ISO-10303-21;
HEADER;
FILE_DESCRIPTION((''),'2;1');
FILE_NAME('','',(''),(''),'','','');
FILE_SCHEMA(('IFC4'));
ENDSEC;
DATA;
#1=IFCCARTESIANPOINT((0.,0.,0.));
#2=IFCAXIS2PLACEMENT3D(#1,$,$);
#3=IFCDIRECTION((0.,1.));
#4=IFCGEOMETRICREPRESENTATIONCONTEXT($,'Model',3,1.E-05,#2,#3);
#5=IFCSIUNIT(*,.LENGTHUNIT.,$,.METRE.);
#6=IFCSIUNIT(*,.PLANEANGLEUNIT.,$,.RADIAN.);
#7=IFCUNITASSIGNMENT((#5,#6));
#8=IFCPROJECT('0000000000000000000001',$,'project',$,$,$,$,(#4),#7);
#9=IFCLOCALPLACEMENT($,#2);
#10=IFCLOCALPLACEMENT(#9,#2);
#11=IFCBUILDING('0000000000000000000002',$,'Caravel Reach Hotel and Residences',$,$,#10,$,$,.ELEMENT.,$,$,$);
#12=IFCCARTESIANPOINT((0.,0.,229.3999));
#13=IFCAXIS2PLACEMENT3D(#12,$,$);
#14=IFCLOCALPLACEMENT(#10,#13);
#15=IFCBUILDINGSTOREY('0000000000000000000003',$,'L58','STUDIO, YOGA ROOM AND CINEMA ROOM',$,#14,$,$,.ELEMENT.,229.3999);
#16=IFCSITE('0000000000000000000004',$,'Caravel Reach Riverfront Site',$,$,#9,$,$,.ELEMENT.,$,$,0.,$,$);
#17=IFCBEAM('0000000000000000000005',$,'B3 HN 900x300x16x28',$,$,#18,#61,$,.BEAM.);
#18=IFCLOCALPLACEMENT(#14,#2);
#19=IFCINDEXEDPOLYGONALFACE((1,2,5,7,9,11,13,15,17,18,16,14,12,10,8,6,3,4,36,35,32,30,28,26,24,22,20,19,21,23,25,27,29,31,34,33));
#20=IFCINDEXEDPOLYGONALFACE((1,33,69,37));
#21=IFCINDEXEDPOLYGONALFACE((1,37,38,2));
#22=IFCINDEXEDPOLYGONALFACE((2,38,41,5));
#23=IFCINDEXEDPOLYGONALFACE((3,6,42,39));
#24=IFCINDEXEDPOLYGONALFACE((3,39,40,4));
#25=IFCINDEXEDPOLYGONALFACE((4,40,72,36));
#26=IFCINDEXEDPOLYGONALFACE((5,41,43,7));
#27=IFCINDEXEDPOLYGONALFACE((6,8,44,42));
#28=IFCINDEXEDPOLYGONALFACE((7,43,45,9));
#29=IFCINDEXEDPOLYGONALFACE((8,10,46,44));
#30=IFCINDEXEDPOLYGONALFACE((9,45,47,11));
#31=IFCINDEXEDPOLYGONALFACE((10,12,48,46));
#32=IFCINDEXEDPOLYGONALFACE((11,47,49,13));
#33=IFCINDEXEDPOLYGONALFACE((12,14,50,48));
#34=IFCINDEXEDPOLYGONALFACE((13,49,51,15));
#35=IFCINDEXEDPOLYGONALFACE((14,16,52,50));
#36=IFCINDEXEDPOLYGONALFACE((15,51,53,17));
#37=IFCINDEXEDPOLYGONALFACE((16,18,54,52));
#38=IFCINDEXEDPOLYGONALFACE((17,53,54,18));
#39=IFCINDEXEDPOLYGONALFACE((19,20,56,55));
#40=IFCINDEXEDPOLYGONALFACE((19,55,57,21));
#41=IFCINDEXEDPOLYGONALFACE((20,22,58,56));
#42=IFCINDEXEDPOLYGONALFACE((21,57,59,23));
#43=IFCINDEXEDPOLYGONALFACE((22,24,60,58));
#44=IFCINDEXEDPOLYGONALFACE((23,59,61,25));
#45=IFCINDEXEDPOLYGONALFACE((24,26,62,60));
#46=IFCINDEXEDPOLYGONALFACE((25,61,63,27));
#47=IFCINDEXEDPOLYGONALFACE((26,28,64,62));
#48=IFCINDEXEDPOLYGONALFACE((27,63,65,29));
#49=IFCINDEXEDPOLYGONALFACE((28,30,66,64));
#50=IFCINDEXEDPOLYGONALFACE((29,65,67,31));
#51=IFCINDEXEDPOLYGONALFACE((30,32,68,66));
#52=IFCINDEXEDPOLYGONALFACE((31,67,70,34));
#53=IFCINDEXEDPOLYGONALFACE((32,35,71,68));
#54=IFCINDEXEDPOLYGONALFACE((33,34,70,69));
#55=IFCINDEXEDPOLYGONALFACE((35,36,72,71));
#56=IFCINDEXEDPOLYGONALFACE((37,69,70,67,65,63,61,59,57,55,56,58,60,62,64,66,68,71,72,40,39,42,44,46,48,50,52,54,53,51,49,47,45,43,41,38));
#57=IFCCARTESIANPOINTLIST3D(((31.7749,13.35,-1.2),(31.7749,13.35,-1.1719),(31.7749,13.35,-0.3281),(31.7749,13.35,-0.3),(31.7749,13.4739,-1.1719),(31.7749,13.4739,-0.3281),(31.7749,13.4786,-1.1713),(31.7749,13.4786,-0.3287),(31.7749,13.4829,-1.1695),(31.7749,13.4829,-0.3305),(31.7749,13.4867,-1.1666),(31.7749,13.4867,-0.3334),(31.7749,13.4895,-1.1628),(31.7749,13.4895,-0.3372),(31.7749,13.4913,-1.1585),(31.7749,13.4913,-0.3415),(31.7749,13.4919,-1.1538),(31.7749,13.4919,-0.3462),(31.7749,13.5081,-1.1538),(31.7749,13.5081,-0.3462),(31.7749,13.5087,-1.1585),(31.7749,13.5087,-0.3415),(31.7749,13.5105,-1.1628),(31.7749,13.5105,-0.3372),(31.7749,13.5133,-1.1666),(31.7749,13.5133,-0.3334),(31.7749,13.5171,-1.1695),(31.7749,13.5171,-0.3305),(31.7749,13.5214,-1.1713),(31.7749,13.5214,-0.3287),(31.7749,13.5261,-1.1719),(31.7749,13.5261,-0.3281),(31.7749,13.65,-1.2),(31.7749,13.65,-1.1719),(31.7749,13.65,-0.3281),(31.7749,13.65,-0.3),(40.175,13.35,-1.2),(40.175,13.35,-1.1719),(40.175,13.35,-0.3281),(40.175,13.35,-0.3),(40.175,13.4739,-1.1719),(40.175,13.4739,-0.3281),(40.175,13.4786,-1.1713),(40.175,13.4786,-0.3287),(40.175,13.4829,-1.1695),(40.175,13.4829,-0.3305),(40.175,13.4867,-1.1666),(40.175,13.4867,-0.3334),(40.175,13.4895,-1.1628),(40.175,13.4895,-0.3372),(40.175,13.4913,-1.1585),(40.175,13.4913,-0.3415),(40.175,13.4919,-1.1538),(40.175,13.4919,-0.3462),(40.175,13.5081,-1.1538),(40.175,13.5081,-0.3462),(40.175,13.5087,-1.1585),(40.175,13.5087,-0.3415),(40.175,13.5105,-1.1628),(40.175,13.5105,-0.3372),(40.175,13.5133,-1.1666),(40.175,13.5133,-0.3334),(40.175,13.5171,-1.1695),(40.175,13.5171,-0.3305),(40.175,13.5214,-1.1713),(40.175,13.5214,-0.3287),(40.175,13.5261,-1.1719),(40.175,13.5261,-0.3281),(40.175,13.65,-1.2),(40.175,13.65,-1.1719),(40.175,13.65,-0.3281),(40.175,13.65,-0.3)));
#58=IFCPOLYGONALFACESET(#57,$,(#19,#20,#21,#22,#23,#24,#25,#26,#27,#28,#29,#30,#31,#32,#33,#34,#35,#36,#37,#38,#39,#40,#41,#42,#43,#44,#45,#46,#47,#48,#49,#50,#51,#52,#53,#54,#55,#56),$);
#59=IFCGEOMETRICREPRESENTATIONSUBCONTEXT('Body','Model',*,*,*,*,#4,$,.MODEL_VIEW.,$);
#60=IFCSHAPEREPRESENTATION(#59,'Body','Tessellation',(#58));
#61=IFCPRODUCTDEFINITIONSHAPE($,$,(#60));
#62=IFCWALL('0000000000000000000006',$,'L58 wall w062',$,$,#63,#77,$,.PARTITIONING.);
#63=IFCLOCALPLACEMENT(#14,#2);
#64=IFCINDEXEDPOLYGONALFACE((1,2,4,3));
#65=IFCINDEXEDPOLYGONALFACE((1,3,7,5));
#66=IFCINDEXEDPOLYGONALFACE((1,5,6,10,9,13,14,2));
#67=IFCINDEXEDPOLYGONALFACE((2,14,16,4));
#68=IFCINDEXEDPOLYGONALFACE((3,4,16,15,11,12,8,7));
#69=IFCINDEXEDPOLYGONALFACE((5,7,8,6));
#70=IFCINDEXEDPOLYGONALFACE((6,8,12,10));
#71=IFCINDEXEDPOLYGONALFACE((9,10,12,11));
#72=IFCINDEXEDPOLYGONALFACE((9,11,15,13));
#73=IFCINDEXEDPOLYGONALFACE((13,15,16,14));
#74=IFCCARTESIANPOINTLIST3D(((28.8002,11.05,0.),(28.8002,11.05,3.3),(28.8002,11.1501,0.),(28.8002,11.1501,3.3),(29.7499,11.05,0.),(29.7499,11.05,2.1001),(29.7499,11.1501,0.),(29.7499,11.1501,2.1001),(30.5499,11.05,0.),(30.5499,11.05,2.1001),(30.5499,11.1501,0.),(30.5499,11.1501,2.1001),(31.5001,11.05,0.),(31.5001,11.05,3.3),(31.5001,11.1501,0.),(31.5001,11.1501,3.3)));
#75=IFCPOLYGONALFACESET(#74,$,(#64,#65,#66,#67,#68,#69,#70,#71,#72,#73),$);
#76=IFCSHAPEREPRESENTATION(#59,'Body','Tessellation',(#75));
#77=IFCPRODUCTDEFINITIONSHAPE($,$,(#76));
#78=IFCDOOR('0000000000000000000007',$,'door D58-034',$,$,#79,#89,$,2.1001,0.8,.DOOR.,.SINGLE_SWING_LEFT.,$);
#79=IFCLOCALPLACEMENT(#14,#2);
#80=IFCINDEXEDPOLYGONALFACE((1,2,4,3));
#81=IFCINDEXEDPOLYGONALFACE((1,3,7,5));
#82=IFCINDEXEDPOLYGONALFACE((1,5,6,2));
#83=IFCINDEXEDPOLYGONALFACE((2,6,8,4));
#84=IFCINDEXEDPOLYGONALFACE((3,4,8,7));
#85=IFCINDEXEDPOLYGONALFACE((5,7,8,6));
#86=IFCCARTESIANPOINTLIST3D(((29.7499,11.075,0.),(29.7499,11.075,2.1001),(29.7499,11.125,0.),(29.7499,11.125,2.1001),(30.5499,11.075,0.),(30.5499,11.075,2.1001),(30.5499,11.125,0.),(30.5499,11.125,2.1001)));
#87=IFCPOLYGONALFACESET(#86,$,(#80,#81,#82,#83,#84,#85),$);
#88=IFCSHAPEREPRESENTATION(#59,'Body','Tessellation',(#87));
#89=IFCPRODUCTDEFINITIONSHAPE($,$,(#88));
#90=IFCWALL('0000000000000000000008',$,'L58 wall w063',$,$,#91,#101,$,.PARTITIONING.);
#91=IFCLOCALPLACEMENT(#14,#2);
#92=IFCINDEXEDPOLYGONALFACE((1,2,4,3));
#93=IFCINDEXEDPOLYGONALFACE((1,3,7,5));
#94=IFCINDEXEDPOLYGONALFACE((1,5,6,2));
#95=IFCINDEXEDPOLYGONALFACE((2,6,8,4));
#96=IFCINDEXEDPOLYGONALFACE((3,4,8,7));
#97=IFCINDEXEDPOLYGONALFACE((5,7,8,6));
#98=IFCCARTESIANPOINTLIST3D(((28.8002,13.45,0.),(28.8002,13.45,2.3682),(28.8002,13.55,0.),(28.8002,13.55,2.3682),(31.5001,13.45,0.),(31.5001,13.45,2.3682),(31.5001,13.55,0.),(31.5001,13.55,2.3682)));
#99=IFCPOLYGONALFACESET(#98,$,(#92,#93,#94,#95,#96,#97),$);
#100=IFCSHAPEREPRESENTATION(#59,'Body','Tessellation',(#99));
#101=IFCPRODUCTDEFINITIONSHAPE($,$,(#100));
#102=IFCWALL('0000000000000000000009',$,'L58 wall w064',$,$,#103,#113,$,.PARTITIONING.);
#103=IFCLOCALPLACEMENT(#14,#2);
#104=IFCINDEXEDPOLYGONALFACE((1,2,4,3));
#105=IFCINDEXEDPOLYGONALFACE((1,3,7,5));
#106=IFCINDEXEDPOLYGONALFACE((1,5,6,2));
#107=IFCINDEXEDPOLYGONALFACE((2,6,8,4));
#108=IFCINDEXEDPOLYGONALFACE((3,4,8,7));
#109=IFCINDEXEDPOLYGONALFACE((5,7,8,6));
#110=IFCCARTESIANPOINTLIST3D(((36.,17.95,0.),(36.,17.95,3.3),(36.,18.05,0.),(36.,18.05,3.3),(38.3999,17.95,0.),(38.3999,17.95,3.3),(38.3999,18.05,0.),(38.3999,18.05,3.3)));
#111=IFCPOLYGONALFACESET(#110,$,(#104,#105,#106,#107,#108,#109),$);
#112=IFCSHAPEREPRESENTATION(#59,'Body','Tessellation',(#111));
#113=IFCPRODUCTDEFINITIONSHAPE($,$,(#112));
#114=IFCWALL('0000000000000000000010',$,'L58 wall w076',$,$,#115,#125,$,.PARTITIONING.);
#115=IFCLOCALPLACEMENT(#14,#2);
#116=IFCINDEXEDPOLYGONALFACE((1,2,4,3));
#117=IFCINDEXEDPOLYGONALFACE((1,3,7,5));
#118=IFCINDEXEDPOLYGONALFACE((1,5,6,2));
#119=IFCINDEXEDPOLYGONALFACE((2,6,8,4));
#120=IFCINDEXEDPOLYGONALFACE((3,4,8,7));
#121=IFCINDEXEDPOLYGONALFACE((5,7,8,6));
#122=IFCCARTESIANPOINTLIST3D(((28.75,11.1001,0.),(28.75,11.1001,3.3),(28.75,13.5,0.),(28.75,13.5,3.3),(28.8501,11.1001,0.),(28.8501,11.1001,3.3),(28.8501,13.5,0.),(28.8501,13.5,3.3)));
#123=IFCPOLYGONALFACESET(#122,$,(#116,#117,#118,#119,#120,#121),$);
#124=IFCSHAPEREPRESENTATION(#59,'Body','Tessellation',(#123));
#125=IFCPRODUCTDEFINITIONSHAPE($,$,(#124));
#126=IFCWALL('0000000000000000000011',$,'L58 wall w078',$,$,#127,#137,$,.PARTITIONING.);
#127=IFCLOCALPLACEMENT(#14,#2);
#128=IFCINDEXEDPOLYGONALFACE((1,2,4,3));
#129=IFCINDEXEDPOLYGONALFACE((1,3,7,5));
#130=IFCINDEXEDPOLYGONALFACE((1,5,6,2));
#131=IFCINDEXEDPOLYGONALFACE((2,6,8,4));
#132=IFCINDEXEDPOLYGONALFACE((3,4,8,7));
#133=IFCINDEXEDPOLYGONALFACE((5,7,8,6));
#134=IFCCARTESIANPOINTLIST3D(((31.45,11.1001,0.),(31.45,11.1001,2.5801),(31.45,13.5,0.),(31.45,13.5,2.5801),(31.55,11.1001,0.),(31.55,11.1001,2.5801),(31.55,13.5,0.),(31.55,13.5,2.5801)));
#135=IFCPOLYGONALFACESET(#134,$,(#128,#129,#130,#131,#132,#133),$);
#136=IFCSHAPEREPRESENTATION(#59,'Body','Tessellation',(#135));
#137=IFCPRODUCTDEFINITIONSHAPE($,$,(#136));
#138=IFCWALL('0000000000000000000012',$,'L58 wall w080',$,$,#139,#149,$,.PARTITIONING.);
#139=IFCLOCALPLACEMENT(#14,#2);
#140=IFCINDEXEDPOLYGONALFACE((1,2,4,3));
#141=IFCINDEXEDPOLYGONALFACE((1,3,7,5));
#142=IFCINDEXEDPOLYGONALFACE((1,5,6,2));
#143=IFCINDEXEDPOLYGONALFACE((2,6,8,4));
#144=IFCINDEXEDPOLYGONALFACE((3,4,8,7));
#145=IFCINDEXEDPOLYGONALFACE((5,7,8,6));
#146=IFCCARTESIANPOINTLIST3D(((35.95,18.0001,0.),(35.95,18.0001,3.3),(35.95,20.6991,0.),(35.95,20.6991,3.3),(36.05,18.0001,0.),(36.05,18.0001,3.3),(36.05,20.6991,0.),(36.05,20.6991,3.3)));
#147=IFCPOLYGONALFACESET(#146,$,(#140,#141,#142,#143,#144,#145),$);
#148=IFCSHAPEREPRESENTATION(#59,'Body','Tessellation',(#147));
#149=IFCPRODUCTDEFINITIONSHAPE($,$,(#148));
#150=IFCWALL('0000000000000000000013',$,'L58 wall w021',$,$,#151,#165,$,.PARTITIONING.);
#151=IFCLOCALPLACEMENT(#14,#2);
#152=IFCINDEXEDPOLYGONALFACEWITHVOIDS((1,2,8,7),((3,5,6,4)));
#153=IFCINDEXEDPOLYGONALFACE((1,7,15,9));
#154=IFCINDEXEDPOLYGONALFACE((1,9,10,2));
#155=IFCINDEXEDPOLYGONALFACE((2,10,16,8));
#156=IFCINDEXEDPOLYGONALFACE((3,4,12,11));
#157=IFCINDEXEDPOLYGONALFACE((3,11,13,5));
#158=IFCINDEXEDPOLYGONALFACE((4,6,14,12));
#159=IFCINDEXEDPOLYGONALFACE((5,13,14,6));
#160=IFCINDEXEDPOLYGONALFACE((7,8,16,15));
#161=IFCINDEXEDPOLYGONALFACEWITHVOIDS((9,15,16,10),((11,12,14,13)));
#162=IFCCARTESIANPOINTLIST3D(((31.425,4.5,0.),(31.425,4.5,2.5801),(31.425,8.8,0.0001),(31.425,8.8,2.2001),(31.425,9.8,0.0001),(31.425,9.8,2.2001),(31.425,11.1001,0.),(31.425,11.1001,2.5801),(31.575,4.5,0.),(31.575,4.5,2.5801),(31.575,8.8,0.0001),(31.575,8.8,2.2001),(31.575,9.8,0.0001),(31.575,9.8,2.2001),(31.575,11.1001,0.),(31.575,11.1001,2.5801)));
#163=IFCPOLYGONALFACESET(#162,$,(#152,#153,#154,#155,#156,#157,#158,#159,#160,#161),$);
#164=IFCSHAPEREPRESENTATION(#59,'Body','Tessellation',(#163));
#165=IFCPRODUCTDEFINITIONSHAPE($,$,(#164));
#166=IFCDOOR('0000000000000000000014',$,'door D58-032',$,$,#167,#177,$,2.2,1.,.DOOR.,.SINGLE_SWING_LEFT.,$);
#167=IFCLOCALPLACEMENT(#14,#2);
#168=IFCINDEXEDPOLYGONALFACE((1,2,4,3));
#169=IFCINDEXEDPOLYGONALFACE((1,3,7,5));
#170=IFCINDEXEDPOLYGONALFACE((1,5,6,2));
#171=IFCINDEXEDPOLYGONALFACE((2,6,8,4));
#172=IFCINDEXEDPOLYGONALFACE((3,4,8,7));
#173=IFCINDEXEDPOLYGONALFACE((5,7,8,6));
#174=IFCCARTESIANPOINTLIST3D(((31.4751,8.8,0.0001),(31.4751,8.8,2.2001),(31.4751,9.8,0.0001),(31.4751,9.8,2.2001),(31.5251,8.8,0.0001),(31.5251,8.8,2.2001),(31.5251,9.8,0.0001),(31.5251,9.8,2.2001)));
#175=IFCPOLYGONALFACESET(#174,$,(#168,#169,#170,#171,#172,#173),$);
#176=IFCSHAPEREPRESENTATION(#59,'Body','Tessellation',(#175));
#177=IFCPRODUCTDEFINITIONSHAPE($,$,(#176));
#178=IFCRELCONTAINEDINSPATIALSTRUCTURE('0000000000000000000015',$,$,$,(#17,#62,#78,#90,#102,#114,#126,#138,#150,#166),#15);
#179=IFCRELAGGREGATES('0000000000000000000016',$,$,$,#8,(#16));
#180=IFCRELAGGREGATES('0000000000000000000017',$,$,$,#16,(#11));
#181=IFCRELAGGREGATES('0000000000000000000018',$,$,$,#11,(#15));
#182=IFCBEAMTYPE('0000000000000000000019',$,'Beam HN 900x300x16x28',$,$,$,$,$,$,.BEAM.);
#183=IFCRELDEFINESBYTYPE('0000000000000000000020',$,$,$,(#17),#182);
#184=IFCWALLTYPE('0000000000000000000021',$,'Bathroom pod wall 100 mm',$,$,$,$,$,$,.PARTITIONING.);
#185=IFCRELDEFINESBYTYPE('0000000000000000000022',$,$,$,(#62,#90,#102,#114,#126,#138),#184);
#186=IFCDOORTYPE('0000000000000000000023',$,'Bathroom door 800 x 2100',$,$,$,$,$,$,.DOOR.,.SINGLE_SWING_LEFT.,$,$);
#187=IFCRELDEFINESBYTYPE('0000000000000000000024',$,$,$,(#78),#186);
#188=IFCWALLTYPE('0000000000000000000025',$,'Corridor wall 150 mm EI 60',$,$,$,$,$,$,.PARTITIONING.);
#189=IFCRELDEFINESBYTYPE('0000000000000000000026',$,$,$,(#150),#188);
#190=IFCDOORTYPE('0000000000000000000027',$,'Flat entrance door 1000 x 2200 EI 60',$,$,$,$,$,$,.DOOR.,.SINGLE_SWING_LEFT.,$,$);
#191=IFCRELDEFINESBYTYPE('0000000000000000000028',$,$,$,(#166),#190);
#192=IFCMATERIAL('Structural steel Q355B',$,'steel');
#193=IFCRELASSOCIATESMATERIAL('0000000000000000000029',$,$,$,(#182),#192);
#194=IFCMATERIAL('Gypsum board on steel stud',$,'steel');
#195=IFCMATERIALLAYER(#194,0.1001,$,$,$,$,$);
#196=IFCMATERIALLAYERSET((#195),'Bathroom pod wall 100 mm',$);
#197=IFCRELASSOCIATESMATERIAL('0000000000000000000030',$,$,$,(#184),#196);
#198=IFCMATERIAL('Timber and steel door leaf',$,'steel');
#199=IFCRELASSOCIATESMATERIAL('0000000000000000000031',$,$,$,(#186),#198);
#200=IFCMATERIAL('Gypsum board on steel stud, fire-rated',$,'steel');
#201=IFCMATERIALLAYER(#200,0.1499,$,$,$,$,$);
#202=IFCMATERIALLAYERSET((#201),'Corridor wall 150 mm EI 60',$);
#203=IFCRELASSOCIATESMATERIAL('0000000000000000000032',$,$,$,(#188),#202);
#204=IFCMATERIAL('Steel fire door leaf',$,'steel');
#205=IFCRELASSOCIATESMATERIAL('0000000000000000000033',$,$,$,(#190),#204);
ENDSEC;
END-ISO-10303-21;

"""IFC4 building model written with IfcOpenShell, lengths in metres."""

from ifc_helpers import new_model, si_unit, direction, frame, frame_2d, origin, origin_2d, place, context, subcontext, project, spatial, rectangle, i_section, extrude, material, layer, layer_set, material_profile, profile_set, type_object, element, fill, save


model = new_model("IFC4")

# Units and contexts
model_context = context("Model", 3, precision=1e-05, world=origin(), true_north=direction((0.0, 1.0)))
body_context = subcontext(model_context, "Body", "Model", "MODEL_VIEW")
ifc_project = project(units=[si_unit("LENGTHUNIT", "METRE"), si_unit("PLANEANGLEUNIT", "RADIAN")], contexts=[model_context])

# Site, building, storey
site_placement = place(None, origin())
site = spatial("IfcSite", under=ifc_project, at=site_placement, Name="Caravel Reach Riverfront Site", CompositionType="ELEMENT", RefElevation=0.0)
building_placement = place(site_placement, origin())
building = spatial("IfcBuilding", under=site, at=building_placement, Name="Caravel Reach Hotel and Residences", CompositionType="ELEMENT")
storey_placement = place(building_placement, frame((0.0, 0.0, 229.3999)))
storey = spatial("IfcBuildingStorey", under=building, at=storey_placement, Name="L58", Description="STUDIO, YOGA ROOM AND CINEMA ROOM", CompositionType="ELEMENT", Elevation=229.3999)

# Beam
ifc_material_1 = material(Name="Structural steel Q355B", Category="steel")
ifc_material_profile_1 = material_profile(ifc_material_1, i_section(OverallWidth=0.3, OverallDepth=0.8999, WebThickness=0.0161, FlangeThickness=0.0281, FilletRadius=0.0181, at=origin_2d()), Name="HN 900x300x16x28")
ifc_profile_set_1 = profile_set([ifc_material_profile_1], Name="Structural steel Q355B")
beam_type_1 = type_object("IfcBeamType", Name="Beam HN 900x300x16x28", PredefinedType="BEAM", material=ifc_profile_set_1)
beam_1_placement = place(storey_placement, frame((31.7749, 13.5, -0.75), z_axis=(1.0, 0.0, 0.0), x_axis=(0.0, 1.0, 0.0)))
element("IfcBeam", 1, at=beam_1_placement, inside=storey, type_object=beam_type_1, Name="B3 HN 900x300x16x28", PredefinedType="BEAM", context=body_context, shape_type="SweptSolid", body=[
    extrude(i_section(OverallWidth=0.3, OverallDepth=0.8999, WebThickness=0.0161, FlangeThickness=0.0281, FilletRadius=0.0181, at=origin_2d()), origin(), (0.0, 0.0, 1.0), 8.4001),
])

# Wall, opening, door
ifc_material_2 = material(Name="Gypsum board on steel stud", Category="steel")
ifc_layer_1 = layer(ifc_material_2, 0.1001)
ifc_layer_set_1 = layer_set([ifc_layer_1], Name="Bathroom pod wall 100 mm")
wall_type_1 = type_object("IfcWallType", Name="Bathroom pod wall 100 mm", PredefinedType="PARTITIONING", material=ifc_layer_set_1)
wall_1_placement = place(storey_placement, frame((28.8, 11.1001, 0.0), z_axis=(0.0, 0.0, 1.0), x_axis=(1.0, 0.0, 0.0)))
wall_1 = element("IfcWall", 2, at=wall_1_placement, inside=storey, type_object=wall_type_1, Name="L58 wall w062", PredefinedType="PARTITIONING", context=body_context, shape_type="SweptSolid", body=[
    extrude(rectangle(XDim=2.7, YDim=0.1001, at=frame_2d((1.3501, 0.0))), origin(), (0.0, 0.0, 1.0), 3.3),
])
opening_1_placement = place(wall_1_placement, frame((0.95, 0.0, 0.0)))
opening_1 = element("IfcOpeningElement", 3, at=opening_1_placement, cuts=wall_1, PredefinedType="OPENING", context=body_context, shape_type="SweptSolid", body=[
    extrude(rectangle(XDim=0.8, YDim=2.1001, at=frame_2d((0.3999, 1.05))), frame((0.0, 0.0601, 0.0), z_axis=(0.0, -1.0, 0.0), x_axis=(1.0, 0.0, 0.0)), (0.0, 0.0, 1.0), 0.1201),
])
ifc_material_3 = material(Name="Timber and steel door leaf", Category="steel")
door_type_1 = type_object("IfcDoorType", Name="Bathroom door 800 x 2100", OperationType="SINGLE_SWING_LEFT", PredefinedType="DOOR", material=ifc_material_3)
door_1_placement = place(opening_1_placement, origin())
door_1 = element("IfcDoor", 4, at=door_1_placement, inside=storey, type_object=door_type_1, Name="door D58-034", OperationType="SINGLE_SWING_LEFT", OverallHeight=2.1001, OverallWidth=0.8, PredefinedType="DOOR", context=body_context, shape_type="SweptSolid", body=[
    extrude(rectangle(XDim=0.8, YDim=2.1001, at=frame_2d((0.3999, 1.05))), frame((0.0, 0.0249, 0.0), z_axis=(0.0, -1.0, 0.0), x_axis=(1.0, 0.0, 0.0)), (0.0, 0.0, 1.0), 0.05),
])
fill(opening_1, door_1)

# Walls
wall_2_placement = place(storey_placement, frame((28.8, 13.5, 0.0), z_axis=(0.0, 0.0, 1.0), x_axis=(1.0, 0.0, 0.0)))
element("IfcWall", 5, at=wall_2_placement, inside=storey, type_object=wall_type_1, Name="L58 wall w063", PredefinedType="PARTITIONING", context=body_context, shape_type="SweptSolid", body=[
    extrude(rectangle(XDim=2.7, YDim=0.1001, at=frame_2d((1.3501, 0.0))), origin(), (0.0, 0.0, 1.0), 2.3682),
])
for number, where, z_axis, x_axis, name in (
    (6, (36.0, 18.0, 0.0), (0.0, 0.0, 1.0), (1.0, 0.0, 0.0), "L58 wall w064"),
    (7, (28.8, 11.1001, 0.0), (0.0, 0.0, 1.0), (0.0, 1.0, 0.0), "L58 wall w076"),
):
    element("IfcWall", number, at=place(storey_placement, frame(where, z_axis=z_axis, x_axis=x_axis)), inside=storey, type_object=wall_type_1, Name=name, PredefinedType="PARTITIONING", context=body_context, shape_type="SweptSolid", body=[
        extrude(rectangle(XDim=2.3999, YDim=0.1001, at=frame_2d((1.2, 0.0))), origin(), (0.0, 0.0, 1.0), 3.3),
    ])
wall_3_placement = place(storey_placement, frame((31.5, 11.1001, 0.0), z_axis=(0.0, 0.0, 1.0), x_axis=(0.0, 1.0, 0.0)))
element("IfcWall", 8, at=wall_3_placement, inside=storey, type_object=wall_type_1, Name="L58 wall w078", PredefinedType="PARTITIONING", context=body_context, shape_type="SweptSolid", body=[
    extrude(rectangle(XDim=2.3999, YDim=0.1001, at=frame_2d((1.2, 0.0))), origin(), (0.0, 0.0, 1.0), 2.5801),
])
wall_4_placement = place(storey_placement, frame((36.0, 18.0, 0.0), z_axis=(0.0, 0.0, 1.0), x_axis=(0.0, 1.0, 0.0)))
element("IfcWall", 9, at=wall_4_placement, inside=storey, type_object=wall_type_1, Name="L58 wall w080", PredefinedType="PARTITIONING", context=body_context, shape_type="SweptSolid", body=[
    extrude(rectangle(XDim=2.699, YDim=0.1001, at=frame_2d((1.3496, 0.0))), origin(), (0.0, 0.0, 1.0), 3.3),
])

# Wall, opening, door
ifc_material_4 = material(Name="Gypsum board on steel stud, fire-rated", Category="steel")
ifc_layer_2 = layer(ifc_material_4, 0.1499)
ifc_layer_set_2 = layer_set([ifc_layer_2], Name="Corridor wall 150 mm EI 60")
wall_type_2 = type_object("IfcWallType", Name="Corridor wall 150 mm EI 60", PredefinedType="PARTITIONING", material=ifc_layer_set_2)
wall_5_placement = place(storey_placement, frame((31.5, 4.5, 0.0), z_axis=(0.0, 0.0, 1.0), x_axis=(0.0, 1.0, 0.0)))
wall_5 = element("IfcWall", 10, at=wall_5_placement, inside=storey, type_object=wall_type_2, Name="L58 wall w021", PredefinedType="PARTITIONING", context=body_context, shape_type="SweptSolid", body=[
    extrude(rectangle(XDim=6.6001, YDim=0.1499, at=frame_2d((3.3, 0.0))), origin(), (0.0, 0.0, 1.0), 2.5801),
])
opening_2_placement = place(wall_5_placement, frame((4.3, 0.0, 0.0)))
opening_2 = element("IfcOpeningElement", 11, at=opening_2_placement, cuts=wall_5, PredefinedType="OPENING", context=body_context, shape_type="SweptSolid", body=[
    extrude(rectangle(XDim=1.0, YDim=2.2, at=frame_2d((0.5, 1.1001))), frame((0.0, 0.085, 0.0), z_axis=(0.0, -1.0, 0.0), x_axis=(1.0, 0.0, 0.0)), (0.0, 0.0, 1.0), 0.1699),
])
ifc_material_5 = material(Name="Steel fire door leaf", Category="steel")
door_type_2 = type_object("IfcDoorType", Name="Flat entrance door 1000 x 2200 EI 60", OperationType="SINGLE_SWING_LEFT", PredefinedType="DOOR", material=ifc_material_5)
door_2_placement = place(opening_2_placement, origin())
door_2 = element("IfcDoor", 12, at=door_2_placement, inside=storey, type_object=door_type_2, Name="door D58-032", OperationType="SINGLE_SWING_LEFT", OverallHeight=2.2, OverallWidth=1.0, PredefinedType="DOOR", context=body_context, shape_type="SweptSolid", body=[
    extrude(rectangle(XDim=1.0, YDim=2.2, at=frame_2d((0.5, 1.1001))), frame((0.0, 0.0249, 0.0), z_axis=(0.0, -1.0, 0.0), x_axis=(1.0, 0.0, 0.0)), (0.0, 0.0, 1.0), 0.05),
])
fill(opening_2, door_2)

save(model, "model.ifc")
